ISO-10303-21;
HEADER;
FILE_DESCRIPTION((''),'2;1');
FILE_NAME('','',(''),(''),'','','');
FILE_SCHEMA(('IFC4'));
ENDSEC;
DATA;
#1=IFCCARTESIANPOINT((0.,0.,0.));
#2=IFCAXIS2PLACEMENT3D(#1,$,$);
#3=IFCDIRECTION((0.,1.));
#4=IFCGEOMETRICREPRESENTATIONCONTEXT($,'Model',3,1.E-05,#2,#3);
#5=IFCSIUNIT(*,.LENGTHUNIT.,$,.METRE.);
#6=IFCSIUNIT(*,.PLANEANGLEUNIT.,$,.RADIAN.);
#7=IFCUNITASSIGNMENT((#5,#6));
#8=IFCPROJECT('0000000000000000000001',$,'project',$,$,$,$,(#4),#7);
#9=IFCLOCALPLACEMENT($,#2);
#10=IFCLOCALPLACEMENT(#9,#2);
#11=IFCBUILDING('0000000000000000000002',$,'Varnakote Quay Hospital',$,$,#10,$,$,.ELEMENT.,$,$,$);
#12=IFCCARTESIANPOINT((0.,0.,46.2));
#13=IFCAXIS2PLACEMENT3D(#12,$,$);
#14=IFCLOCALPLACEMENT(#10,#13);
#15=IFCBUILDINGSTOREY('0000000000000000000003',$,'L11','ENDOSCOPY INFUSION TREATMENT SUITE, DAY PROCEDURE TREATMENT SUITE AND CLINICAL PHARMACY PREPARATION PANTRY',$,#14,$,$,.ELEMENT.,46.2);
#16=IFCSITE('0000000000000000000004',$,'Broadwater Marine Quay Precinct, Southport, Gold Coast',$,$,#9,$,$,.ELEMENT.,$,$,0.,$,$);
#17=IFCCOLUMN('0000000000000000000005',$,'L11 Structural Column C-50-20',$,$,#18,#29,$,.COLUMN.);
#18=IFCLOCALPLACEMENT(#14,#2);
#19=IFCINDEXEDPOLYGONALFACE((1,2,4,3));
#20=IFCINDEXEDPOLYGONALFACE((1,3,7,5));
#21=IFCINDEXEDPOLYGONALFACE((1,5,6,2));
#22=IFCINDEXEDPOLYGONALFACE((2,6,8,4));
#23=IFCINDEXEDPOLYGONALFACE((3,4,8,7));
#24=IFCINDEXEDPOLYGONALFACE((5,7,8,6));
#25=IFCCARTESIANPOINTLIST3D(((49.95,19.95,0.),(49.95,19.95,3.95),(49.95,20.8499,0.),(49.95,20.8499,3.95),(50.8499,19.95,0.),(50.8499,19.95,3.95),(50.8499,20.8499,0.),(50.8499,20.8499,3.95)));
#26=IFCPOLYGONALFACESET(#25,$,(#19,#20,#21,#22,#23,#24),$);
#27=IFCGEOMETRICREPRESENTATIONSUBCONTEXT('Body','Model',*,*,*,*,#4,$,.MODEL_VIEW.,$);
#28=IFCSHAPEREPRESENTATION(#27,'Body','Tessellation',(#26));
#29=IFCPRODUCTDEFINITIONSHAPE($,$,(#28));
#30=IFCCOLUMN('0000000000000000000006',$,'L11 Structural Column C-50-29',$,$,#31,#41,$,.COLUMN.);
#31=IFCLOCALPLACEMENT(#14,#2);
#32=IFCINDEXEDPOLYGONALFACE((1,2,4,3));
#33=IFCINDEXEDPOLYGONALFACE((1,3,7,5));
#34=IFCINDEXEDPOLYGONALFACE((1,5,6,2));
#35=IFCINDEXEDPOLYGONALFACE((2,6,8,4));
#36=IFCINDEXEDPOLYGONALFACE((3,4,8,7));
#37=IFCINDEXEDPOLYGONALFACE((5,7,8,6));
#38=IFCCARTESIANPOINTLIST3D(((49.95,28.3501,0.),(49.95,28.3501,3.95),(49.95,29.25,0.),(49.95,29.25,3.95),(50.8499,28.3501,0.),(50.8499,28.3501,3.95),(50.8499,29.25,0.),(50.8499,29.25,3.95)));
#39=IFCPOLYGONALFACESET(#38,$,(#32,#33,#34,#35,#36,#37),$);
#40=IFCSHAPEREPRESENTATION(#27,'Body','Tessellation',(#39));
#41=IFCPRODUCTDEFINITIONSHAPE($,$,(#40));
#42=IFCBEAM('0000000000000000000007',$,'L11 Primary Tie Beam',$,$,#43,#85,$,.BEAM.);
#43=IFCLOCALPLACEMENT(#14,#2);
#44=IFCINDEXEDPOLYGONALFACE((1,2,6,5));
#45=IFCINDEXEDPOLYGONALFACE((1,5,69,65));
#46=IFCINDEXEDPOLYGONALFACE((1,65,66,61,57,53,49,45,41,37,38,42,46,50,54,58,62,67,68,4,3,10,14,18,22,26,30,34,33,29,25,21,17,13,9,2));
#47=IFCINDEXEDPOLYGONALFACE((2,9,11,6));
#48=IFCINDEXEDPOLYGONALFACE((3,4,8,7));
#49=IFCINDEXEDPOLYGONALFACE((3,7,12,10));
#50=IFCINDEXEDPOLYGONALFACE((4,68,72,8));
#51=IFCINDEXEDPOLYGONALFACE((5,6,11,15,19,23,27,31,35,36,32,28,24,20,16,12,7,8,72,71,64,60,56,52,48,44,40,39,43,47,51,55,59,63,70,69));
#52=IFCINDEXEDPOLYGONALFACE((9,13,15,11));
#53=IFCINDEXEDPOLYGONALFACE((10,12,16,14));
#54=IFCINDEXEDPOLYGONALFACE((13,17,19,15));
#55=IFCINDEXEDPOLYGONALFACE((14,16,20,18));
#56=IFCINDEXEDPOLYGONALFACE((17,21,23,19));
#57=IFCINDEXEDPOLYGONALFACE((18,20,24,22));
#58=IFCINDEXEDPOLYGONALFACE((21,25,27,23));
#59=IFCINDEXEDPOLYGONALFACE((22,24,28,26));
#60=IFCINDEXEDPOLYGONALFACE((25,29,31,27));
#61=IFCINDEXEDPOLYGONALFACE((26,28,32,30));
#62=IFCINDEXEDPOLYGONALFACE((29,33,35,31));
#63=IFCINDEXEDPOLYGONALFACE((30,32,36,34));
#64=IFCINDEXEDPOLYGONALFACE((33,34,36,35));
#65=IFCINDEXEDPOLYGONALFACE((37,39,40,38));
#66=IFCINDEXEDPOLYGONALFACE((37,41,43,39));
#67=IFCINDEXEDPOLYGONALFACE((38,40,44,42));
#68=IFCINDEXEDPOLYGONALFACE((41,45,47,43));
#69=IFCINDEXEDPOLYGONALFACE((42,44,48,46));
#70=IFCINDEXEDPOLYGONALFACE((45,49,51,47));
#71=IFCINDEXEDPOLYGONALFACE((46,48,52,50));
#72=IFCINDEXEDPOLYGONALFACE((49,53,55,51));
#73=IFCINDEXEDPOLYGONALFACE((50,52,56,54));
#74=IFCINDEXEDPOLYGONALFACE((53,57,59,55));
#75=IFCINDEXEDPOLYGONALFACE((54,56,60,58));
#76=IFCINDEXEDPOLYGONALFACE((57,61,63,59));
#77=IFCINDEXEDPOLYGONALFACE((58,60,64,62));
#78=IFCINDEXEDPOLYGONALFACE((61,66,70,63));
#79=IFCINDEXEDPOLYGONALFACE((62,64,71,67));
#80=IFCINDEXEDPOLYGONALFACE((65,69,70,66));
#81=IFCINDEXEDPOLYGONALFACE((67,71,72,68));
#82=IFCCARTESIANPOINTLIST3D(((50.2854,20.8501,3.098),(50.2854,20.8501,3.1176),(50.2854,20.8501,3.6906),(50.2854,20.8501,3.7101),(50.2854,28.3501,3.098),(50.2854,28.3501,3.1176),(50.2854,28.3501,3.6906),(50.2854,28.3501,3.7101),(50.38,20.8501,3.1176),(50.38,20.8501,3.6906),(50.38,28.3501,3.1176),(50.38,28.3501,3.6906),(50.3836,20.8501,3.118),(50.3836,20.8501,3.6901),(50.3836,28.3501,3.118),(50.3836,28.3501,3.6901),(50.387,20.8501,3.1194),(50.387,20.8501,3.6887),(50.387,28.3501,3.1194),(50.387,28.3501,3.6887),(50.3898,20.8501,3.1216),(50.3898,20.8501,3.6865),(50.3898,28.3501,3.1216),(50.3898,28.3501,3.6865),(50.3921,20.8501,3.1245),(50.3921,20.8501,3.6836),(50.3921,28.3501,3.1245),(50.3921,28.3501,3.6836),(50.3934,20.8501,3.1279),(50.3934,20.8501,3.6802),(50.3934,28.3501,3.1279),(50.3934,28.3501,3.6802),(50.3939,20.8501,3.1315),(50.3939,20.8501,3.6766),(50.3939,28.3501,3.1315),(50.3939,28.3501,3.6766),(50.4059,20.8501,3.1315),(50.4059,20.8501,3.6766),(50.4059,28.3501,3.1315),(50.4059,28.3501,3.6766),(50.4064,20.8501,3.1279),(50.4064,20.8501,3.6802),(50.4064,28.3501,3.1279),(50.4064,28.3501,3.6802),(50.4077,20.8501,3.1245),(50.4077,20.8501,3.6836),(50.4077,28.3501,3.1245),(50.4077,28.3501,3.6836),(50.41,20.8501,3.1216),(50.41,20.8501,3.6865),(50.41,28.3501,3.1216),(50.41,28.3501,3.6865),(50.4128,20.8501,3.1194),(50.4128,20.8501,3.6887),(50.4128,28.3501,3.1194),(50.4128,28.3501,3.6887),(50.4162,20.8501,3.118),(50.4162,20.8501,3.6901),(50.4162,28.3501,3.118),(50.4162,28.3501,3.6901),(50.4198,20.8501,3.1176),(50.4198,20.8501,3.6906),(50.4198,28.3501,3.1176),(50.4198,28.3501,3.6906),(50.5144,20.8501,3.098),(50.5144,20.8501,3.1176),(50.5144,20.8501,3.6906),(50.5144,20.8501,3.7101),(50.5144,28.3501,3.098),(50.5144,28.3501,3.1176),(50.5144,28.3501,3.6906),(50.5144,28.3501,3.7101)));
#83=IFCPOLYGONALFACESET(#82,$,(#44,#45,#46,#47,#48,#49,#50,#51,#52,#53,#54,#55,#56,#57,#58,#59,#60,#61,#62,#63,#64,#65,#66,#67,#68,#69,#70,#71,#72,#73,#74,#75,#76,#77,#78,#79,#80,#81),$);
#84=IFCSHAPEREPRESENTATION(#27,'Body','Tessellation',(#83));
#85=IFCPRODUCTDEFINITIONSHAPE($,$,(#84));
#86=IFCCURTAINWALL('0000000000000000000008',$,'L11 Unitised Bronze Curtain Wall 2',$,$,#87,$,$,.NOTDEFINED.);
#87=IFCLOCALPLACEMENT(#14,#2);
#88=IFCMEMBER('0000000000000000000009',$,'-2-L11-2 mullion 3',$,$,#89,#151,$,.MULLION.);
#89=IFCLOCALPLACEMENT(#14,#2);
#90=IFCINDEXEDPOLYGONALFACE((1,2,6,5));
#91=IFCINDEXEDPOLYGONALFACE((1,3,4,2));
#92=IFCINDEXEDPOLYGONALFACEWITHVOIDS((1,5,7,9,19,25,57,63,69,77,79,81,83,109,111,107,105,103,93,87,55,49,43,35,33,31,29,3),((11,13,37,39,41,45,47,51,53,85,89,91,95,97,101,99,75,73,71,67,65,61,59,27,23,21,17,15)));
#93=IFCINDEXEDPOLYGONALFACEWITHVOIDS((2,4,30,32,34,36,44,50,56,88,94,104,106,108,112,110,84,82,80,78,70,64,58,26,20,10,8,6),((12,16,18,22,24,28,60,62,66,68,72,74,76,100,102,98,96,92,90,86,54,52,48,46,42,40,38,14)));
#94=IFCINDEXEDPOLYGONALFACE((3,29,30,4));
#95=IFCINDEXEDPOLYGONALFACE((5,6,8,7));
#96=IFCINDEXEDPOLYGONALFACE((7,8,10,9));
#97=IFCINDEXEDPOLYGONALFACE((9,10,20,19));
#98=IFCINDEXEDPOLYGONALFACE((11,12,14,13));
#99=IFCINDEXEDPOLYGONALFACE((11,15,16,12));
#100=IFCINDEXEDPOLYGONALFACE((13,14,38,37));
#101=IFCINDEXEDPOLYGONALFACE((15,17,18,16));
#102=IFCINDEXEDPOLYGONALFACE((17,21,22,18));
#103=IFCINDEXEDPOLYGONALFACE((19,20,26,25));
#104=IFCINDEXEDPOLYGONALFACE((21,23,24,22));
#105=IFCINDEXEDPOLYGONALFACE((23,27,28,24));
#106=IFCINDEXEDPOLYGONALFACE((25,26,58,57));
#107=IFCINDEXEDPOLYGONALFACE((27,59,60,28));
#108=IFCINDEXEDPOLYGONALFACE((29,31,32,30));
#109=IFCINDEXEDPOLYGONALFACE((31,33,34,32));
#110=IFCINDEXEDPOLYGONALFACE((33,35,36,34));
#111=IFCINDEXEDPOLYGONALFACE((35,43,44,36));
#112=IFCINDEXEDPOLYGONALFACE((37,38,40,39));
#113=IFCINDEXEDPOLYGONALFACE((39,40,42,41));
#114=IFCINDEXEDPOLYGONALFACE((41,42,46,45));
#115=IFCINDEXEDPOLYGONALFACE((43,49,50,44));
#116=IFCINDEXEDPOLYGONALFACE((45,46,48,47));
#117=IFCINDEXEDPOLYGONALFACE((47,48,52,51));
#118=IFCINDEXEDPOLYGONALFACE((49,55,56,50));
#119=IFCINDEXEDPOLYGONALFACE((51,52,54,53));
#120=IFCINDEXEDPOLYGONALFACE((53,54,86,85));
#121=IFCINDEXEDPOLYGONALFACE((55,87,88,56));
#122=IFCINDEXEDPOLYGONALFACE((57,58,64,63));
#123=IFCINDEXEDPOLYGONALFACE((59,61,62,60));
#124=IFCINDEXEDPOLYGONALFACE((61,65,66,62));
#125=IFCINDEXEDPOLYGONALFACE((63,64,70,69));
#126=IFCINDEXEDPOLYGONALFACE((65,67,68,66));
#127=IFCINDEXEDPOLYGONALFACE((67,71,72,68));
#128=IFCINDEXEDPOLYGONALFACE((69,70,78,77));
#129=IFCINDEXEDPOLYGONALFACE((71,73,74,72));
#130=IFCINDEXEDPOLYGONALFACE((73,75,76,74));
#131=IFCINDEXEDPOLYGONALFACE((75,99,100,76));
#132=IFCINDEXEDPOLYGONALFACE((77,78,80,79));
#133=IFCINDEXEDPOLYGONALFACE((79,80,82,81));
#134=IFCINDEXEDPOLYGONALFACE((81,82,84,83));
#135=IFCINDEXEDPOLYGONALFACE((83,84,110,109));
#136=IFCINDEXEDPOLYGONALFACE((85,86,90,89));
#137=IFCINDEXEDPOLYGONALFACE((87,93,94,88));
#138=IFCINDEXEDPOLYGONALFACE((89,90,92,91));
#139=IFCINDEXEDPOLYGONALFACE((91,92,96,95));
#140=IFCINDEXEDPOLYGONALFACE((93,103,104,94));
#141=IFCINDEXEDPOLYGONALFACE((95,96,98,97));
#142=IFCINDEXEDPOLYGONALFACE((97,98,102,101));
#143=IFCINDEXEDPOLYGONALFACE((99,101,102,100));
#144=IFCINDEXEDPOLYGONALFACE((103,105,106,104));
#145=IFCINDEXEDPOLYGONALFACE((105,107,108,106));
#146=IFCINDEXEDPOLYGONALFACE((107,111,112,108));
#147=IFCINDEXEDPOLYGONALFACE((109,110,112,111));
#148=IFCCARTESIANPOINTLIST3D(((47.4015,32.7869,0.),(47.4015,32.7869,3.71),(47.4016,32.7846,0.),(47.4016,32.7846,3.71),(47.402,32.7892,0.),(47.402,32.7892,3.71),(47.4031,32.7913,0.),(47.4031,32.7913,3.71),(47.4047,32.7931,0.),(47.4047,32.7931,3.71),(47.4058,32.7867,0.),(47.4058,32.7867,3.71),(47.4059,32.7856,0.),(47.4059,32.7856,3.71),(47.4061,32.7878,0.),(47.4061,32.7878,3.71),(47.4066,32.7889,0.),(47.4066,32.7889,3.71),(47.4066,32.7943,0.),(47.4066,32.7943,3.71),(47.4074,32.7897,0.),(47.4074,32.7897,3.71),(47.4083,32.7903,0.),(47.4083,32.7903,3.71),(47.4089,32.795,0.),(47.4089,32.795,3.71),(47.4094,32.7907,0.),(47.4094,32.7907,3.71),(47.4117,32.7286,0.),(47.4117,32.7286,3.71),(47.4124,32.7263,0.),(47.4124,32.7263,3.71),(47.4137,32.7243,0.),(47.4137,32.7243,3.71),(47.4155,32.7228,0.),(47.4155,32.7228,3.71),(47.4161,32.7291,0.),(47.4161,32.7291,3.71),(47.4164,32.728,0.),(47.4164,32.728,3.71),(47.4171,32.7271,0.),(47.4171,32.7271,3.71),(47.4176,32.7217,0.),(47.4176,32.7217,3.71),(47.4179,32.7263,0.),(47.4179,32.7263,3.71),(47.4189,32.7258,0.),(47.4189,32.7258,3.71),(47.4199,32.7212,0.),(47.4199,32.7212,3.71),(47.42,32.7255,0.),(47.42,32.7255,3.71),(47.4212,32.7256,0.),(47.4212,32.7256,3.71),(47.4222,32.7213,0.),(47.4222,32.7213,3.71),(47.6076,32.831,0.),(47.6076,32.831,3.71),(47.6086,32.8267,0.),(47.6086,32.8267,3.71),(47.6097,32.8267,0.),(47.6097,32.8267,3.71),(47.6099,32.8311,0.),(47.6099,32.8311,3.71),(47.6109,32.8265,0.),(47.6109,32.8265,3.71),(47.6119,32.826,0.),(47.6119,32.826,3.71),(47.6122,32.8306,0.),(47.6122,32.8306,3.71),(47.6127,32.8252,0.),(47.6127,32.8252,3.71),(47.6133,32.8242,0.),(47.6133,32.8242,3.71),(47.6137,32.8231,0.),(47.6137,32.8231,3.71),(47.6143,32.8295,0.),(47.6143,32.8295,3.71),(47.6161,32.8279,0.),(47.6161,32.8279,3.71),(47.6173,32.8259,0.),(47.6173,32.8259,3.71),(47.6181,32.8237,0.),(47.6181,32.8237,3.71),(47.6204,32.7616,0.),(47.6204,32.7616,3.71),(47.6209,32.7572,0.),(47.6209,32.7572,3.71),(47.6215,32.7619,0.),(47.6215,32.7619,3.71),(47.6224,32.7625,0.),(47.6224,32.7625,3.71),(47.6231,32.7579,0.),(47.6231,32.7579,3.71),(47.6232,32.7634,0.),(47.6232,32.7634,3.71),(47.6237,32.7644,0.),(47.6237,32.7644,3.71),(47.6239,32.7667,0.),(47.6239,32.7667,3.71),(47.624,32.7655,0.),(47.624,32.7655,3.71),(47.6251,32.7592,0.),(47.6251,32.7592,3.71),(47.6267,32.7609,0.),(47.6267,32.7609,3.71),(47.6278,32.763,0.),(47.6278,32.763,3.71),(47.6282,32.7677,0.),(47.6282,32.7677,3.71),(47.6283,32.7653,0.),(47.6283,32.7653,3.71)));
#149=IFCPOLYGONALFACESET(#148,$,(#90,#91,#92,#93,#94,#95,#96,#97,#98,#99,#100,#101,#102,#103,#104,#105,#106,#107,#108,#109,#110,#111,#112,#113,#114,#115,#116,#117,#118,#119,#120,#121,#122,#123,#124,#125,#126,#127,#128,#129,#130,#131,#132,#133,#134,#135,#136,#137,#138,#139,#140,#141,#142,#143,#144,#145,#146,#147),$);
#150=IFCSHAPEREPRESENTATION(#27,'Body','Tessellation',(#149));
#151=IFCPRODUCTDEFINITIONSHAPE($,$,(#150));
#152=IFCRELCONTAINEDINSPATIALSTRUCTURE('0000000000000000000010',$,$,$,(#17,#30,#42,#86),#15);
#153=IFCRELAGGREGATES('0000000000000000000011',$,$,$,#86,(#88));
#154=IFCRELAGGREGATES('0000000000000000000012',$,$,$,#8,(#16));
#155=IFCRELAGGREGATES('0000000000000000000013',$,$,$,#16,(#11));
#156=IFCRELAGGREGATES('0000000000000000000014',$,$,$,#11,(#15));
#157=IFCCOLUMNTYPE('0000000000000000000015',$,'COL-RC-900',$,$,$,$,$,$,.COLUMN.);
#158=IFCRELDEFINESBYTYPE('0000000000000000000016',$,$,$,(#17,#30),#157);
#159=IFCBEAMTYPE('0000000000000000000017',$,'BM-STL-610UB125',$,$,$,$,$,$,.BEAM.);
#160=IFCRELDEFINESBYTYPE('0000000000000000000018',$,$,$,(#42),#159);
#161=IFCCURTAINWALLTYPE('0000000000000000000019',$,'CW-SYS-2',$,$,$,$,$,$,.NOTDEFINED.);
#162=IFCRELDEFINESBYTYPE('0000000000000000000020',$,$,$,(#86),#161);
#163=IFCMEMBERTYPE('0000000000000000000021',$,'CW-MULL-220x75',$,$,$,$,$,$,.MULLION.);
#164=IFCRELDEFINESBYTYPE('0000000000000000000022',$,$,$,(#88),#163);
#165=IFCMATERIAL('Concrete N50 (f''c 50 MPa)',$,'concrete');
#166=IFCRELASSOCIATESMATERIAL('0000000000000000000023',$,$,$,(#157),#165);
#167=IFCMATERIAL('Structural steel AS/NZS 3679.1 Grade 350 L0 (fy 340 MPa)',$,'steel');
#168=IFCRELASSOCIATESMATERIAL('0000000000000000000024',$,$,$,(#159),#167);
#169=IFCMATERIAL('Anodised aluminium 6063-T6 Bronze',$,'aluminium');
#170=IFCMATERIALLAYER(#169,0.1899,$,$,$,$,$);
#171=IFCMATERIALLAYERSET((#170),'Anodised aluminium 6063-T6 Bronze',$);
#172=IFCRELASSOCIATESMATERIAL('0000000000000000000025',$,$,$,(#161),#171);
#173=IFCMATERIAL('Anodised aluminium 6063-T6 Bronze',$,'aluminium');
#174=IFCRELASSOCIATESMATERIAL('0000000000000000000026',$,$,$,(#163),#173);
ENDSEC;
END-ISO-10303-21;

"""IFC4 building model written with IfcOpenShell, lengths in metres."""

from ifc_helpers import new_model, si_unit, direction, frame, origin, origin_2d, place, context, subcontext, project, spatial, rectangle, hollow_rectangle, i_section, extrude, material, layer, layer_set, material_profile, profile_set, type_object, element, aggregate, save


model = new_model("IFC4")

# Units and contexts
model_context = context("Model", 3, precision=1e-05, world=origin(), true_north=direction((0.0, 1.0)))
body_context = subcontext(model_context, "Body", "Model", "MODEL_VIEW")
ifc_project = project(units=[si_unit("LENGTHUNIT", "METRE"), si_unit("PLANEANGLEUNIT", "RADIAN")], contexts=[model_context])

# Site, building, storey
site_placement = place(None, origin())
site = spatial("IfcSite", under=ifc_project, at=site_placement, Name="Broadwater Marine Quay Precinct, Southport, Gold Coast", CompositionType="ELEMENT", RefElevation=0.0)
building_placement = place(site_placement, origin())
building = spatial("IfcBuilding", under=site, at=building_placement, Name="Varnakote Quay Hospital", CompositionType="ELEMENT")
storey_placement = place(building_placement, frame((0.0, 0.0, 46.2)))
storey = spatial("IfcBuildingStorey", under=building, at=storey_placement, Name="L11", Description="ENDOSCOPY INFUSION TREATMENT SUITE, DAY PROCEDURE TREATMENT SUITE AND CLINICAL PHARMACY PREPARATION PANTRY", CompositionType="ELEMENT", Elevation=46.2)

# Columns
ifc_material_1 = material(Name="Concrete N50 (f'c 50 MPa)", Category="concrete")
ifc_material_profile_1 = material_profile(ifc_material_1, rectangle(XDim=0.8999, YDim=0.8999, at=origin_2d()), Name="RC-COL-900x900")
ifc_profile_set_1 = profile_set([ifc_material_profile_1], Name="Concrete N50 (f'c 50 MPa)")
column_type = type_object("IfcColumnType", Name="COL-RC-900", PredefinedType="COLUMN", material=ifc_profile_set_1)
for number, where, z_axis, x_axis, name in (
    (1, (50.3999, 20.3999, 0.0), (0.0, 0.0, 1.0), (1.0, 0.0, 0.0), "L11 Structural Column C-50-20"),
    (2, (50.3999, 28.8, 0.0), (0.0, 0.0, 1.0), (1.0, 0.0, 0.0), "L11 Structural Column C-50-29"),
):
    element("IfcColumn", number, at=place(storey_placement, frame(where, z_axis=z_axis, x_axis=x_axis)), inside=storey, type_object=column_type, Name=name, PredefinedType="COLUMN", context=body_context, shape_type="SweptSolid", body=[
        extrude(rectangle(XDim=0.8999, YDim=0.8999, at=origin_2d()), origin(), (0.0, 0.0, 1.0), 3.95),
    ])

# Beam
ifc_material_2 = material(Name="Structural steel AS/NZS 3679.1 Grade 350 L0 (fy 340 MPa)", Category="steel")
ifc_material_profile_2 = material_profile(ifc_material_2, i_section(OverallWidth=0.229, OverallDepth=0.6121, WebThickness=0.012, FlangeThickness=0.0195, FilletRadius=0.0139, at=origin_2d()), Name="610UB125")
ifc_profile_set_2 = profile_set([ifc_material_profile_2], Name="Structural steel AS/NZS 3679.1 Grade 350 L0 (fy 340 MPa)")
beam_type = type_object("IfcBeamType", Name="BM-STL-610UB125", PredefinedType="BEAM", material=ifc_profile_set_2)
beam_placement = place(storey_placement, frame((50.3999, 20.8501, 3.4041), z_axis=(0.0, 1.0, 0.0), x_axis=(-1.0, 0.0, 0.0)))
element("IfcBeam", 3, at=beam_placement, inside=storey, type_object=beam_type, Name="L11 Primary Tie Beam", PredefinedType="BEAM", context=body_context, shape_type="SweptSolid", body=[
    extrude(i_section(OverallWidth=0.229, OverallDepth=0.6121, WebThickness=0.012, FlangeThickness=0.0195, FilletRadius=0.0139, at=origin_2d()), origin(), (0.0, 0.0, 1.0), 7.5),
])

# Curtain wall, member
ifc_material_3 = material(Name="Anodised aluminium 6063-T6 Bronze", Category="aluminium")
ifc_layer_1 = layer(ifc_material_3, 0.1899)
ifc_layer_set_1 = layer_set([ifc_layer_1], Name="Anodised aluminium 6063-T6 Bronze")
curtain_wall_type = type_object("IfcCurtainWallType", Name="CW-SYS-2", PredefinedType="NOTDEFINED", material=ifc_layer_set_1)
curtain_wall_placement = place(storey_placement, origin())
curtain_wall = element("IfcCurtainWall", 4, at=curtain_wall_placement, inside=storey, type_object=curtain_wall_type, Name="L11 Unitised Bronze Curtain Wall 2", PredefinedType="NOTDEFINED")
ifc_material_4 = material(Name="Anodised aluminium 6063-T6 Bronze", Category="aluminium")
ifc_material_profile_3 = material_profile(ifc_material_4, hollow_rectangle(XDim=0.075, YDim=0.22, WallThickness=0.0044, InnerFilletRadius=0.0044, OuterFilletRadius=0.009, at=origin_2d()), Name="CW-MULL-220x75")
ifc_profile_set_3 = profile_set([ifc_material_profile_3], Name="Anodised aluminium 6063-T6 Bronze")
member_type_1 = type_object("IfcMemberType", Name="CW-MULL-220x75", PredefinedType="MULLION", material=ifc_profile_set_3)
member_1_placement = place(storey_placement, frame((47.5149, 32.7761, 0.0), z_axis=(0.0, 0.0, 1.0), x_axis=(0.177846, -0.984058, 0.0)))
member_1 = element("IfcMember", 5, at=member_1_placement, type_object=member_type_1, Name="-2-L11-2 mullion 3", PredefinedType="MULLION", context=body_context, shape_type="SweptSolid", body=[
    extrude(hollow_rectangle(XDim=0.075, YDim=0.22, WallThickness=0.0044, InnerFilletRadius=0.0044, OuterFilletRadius=0.009, at=origin_2d()), origin(), (0.0, 0.0, 1.0), 3.71),
])
aggregate(curtain_wall, [member_1])

save(model, "model.ifc")
